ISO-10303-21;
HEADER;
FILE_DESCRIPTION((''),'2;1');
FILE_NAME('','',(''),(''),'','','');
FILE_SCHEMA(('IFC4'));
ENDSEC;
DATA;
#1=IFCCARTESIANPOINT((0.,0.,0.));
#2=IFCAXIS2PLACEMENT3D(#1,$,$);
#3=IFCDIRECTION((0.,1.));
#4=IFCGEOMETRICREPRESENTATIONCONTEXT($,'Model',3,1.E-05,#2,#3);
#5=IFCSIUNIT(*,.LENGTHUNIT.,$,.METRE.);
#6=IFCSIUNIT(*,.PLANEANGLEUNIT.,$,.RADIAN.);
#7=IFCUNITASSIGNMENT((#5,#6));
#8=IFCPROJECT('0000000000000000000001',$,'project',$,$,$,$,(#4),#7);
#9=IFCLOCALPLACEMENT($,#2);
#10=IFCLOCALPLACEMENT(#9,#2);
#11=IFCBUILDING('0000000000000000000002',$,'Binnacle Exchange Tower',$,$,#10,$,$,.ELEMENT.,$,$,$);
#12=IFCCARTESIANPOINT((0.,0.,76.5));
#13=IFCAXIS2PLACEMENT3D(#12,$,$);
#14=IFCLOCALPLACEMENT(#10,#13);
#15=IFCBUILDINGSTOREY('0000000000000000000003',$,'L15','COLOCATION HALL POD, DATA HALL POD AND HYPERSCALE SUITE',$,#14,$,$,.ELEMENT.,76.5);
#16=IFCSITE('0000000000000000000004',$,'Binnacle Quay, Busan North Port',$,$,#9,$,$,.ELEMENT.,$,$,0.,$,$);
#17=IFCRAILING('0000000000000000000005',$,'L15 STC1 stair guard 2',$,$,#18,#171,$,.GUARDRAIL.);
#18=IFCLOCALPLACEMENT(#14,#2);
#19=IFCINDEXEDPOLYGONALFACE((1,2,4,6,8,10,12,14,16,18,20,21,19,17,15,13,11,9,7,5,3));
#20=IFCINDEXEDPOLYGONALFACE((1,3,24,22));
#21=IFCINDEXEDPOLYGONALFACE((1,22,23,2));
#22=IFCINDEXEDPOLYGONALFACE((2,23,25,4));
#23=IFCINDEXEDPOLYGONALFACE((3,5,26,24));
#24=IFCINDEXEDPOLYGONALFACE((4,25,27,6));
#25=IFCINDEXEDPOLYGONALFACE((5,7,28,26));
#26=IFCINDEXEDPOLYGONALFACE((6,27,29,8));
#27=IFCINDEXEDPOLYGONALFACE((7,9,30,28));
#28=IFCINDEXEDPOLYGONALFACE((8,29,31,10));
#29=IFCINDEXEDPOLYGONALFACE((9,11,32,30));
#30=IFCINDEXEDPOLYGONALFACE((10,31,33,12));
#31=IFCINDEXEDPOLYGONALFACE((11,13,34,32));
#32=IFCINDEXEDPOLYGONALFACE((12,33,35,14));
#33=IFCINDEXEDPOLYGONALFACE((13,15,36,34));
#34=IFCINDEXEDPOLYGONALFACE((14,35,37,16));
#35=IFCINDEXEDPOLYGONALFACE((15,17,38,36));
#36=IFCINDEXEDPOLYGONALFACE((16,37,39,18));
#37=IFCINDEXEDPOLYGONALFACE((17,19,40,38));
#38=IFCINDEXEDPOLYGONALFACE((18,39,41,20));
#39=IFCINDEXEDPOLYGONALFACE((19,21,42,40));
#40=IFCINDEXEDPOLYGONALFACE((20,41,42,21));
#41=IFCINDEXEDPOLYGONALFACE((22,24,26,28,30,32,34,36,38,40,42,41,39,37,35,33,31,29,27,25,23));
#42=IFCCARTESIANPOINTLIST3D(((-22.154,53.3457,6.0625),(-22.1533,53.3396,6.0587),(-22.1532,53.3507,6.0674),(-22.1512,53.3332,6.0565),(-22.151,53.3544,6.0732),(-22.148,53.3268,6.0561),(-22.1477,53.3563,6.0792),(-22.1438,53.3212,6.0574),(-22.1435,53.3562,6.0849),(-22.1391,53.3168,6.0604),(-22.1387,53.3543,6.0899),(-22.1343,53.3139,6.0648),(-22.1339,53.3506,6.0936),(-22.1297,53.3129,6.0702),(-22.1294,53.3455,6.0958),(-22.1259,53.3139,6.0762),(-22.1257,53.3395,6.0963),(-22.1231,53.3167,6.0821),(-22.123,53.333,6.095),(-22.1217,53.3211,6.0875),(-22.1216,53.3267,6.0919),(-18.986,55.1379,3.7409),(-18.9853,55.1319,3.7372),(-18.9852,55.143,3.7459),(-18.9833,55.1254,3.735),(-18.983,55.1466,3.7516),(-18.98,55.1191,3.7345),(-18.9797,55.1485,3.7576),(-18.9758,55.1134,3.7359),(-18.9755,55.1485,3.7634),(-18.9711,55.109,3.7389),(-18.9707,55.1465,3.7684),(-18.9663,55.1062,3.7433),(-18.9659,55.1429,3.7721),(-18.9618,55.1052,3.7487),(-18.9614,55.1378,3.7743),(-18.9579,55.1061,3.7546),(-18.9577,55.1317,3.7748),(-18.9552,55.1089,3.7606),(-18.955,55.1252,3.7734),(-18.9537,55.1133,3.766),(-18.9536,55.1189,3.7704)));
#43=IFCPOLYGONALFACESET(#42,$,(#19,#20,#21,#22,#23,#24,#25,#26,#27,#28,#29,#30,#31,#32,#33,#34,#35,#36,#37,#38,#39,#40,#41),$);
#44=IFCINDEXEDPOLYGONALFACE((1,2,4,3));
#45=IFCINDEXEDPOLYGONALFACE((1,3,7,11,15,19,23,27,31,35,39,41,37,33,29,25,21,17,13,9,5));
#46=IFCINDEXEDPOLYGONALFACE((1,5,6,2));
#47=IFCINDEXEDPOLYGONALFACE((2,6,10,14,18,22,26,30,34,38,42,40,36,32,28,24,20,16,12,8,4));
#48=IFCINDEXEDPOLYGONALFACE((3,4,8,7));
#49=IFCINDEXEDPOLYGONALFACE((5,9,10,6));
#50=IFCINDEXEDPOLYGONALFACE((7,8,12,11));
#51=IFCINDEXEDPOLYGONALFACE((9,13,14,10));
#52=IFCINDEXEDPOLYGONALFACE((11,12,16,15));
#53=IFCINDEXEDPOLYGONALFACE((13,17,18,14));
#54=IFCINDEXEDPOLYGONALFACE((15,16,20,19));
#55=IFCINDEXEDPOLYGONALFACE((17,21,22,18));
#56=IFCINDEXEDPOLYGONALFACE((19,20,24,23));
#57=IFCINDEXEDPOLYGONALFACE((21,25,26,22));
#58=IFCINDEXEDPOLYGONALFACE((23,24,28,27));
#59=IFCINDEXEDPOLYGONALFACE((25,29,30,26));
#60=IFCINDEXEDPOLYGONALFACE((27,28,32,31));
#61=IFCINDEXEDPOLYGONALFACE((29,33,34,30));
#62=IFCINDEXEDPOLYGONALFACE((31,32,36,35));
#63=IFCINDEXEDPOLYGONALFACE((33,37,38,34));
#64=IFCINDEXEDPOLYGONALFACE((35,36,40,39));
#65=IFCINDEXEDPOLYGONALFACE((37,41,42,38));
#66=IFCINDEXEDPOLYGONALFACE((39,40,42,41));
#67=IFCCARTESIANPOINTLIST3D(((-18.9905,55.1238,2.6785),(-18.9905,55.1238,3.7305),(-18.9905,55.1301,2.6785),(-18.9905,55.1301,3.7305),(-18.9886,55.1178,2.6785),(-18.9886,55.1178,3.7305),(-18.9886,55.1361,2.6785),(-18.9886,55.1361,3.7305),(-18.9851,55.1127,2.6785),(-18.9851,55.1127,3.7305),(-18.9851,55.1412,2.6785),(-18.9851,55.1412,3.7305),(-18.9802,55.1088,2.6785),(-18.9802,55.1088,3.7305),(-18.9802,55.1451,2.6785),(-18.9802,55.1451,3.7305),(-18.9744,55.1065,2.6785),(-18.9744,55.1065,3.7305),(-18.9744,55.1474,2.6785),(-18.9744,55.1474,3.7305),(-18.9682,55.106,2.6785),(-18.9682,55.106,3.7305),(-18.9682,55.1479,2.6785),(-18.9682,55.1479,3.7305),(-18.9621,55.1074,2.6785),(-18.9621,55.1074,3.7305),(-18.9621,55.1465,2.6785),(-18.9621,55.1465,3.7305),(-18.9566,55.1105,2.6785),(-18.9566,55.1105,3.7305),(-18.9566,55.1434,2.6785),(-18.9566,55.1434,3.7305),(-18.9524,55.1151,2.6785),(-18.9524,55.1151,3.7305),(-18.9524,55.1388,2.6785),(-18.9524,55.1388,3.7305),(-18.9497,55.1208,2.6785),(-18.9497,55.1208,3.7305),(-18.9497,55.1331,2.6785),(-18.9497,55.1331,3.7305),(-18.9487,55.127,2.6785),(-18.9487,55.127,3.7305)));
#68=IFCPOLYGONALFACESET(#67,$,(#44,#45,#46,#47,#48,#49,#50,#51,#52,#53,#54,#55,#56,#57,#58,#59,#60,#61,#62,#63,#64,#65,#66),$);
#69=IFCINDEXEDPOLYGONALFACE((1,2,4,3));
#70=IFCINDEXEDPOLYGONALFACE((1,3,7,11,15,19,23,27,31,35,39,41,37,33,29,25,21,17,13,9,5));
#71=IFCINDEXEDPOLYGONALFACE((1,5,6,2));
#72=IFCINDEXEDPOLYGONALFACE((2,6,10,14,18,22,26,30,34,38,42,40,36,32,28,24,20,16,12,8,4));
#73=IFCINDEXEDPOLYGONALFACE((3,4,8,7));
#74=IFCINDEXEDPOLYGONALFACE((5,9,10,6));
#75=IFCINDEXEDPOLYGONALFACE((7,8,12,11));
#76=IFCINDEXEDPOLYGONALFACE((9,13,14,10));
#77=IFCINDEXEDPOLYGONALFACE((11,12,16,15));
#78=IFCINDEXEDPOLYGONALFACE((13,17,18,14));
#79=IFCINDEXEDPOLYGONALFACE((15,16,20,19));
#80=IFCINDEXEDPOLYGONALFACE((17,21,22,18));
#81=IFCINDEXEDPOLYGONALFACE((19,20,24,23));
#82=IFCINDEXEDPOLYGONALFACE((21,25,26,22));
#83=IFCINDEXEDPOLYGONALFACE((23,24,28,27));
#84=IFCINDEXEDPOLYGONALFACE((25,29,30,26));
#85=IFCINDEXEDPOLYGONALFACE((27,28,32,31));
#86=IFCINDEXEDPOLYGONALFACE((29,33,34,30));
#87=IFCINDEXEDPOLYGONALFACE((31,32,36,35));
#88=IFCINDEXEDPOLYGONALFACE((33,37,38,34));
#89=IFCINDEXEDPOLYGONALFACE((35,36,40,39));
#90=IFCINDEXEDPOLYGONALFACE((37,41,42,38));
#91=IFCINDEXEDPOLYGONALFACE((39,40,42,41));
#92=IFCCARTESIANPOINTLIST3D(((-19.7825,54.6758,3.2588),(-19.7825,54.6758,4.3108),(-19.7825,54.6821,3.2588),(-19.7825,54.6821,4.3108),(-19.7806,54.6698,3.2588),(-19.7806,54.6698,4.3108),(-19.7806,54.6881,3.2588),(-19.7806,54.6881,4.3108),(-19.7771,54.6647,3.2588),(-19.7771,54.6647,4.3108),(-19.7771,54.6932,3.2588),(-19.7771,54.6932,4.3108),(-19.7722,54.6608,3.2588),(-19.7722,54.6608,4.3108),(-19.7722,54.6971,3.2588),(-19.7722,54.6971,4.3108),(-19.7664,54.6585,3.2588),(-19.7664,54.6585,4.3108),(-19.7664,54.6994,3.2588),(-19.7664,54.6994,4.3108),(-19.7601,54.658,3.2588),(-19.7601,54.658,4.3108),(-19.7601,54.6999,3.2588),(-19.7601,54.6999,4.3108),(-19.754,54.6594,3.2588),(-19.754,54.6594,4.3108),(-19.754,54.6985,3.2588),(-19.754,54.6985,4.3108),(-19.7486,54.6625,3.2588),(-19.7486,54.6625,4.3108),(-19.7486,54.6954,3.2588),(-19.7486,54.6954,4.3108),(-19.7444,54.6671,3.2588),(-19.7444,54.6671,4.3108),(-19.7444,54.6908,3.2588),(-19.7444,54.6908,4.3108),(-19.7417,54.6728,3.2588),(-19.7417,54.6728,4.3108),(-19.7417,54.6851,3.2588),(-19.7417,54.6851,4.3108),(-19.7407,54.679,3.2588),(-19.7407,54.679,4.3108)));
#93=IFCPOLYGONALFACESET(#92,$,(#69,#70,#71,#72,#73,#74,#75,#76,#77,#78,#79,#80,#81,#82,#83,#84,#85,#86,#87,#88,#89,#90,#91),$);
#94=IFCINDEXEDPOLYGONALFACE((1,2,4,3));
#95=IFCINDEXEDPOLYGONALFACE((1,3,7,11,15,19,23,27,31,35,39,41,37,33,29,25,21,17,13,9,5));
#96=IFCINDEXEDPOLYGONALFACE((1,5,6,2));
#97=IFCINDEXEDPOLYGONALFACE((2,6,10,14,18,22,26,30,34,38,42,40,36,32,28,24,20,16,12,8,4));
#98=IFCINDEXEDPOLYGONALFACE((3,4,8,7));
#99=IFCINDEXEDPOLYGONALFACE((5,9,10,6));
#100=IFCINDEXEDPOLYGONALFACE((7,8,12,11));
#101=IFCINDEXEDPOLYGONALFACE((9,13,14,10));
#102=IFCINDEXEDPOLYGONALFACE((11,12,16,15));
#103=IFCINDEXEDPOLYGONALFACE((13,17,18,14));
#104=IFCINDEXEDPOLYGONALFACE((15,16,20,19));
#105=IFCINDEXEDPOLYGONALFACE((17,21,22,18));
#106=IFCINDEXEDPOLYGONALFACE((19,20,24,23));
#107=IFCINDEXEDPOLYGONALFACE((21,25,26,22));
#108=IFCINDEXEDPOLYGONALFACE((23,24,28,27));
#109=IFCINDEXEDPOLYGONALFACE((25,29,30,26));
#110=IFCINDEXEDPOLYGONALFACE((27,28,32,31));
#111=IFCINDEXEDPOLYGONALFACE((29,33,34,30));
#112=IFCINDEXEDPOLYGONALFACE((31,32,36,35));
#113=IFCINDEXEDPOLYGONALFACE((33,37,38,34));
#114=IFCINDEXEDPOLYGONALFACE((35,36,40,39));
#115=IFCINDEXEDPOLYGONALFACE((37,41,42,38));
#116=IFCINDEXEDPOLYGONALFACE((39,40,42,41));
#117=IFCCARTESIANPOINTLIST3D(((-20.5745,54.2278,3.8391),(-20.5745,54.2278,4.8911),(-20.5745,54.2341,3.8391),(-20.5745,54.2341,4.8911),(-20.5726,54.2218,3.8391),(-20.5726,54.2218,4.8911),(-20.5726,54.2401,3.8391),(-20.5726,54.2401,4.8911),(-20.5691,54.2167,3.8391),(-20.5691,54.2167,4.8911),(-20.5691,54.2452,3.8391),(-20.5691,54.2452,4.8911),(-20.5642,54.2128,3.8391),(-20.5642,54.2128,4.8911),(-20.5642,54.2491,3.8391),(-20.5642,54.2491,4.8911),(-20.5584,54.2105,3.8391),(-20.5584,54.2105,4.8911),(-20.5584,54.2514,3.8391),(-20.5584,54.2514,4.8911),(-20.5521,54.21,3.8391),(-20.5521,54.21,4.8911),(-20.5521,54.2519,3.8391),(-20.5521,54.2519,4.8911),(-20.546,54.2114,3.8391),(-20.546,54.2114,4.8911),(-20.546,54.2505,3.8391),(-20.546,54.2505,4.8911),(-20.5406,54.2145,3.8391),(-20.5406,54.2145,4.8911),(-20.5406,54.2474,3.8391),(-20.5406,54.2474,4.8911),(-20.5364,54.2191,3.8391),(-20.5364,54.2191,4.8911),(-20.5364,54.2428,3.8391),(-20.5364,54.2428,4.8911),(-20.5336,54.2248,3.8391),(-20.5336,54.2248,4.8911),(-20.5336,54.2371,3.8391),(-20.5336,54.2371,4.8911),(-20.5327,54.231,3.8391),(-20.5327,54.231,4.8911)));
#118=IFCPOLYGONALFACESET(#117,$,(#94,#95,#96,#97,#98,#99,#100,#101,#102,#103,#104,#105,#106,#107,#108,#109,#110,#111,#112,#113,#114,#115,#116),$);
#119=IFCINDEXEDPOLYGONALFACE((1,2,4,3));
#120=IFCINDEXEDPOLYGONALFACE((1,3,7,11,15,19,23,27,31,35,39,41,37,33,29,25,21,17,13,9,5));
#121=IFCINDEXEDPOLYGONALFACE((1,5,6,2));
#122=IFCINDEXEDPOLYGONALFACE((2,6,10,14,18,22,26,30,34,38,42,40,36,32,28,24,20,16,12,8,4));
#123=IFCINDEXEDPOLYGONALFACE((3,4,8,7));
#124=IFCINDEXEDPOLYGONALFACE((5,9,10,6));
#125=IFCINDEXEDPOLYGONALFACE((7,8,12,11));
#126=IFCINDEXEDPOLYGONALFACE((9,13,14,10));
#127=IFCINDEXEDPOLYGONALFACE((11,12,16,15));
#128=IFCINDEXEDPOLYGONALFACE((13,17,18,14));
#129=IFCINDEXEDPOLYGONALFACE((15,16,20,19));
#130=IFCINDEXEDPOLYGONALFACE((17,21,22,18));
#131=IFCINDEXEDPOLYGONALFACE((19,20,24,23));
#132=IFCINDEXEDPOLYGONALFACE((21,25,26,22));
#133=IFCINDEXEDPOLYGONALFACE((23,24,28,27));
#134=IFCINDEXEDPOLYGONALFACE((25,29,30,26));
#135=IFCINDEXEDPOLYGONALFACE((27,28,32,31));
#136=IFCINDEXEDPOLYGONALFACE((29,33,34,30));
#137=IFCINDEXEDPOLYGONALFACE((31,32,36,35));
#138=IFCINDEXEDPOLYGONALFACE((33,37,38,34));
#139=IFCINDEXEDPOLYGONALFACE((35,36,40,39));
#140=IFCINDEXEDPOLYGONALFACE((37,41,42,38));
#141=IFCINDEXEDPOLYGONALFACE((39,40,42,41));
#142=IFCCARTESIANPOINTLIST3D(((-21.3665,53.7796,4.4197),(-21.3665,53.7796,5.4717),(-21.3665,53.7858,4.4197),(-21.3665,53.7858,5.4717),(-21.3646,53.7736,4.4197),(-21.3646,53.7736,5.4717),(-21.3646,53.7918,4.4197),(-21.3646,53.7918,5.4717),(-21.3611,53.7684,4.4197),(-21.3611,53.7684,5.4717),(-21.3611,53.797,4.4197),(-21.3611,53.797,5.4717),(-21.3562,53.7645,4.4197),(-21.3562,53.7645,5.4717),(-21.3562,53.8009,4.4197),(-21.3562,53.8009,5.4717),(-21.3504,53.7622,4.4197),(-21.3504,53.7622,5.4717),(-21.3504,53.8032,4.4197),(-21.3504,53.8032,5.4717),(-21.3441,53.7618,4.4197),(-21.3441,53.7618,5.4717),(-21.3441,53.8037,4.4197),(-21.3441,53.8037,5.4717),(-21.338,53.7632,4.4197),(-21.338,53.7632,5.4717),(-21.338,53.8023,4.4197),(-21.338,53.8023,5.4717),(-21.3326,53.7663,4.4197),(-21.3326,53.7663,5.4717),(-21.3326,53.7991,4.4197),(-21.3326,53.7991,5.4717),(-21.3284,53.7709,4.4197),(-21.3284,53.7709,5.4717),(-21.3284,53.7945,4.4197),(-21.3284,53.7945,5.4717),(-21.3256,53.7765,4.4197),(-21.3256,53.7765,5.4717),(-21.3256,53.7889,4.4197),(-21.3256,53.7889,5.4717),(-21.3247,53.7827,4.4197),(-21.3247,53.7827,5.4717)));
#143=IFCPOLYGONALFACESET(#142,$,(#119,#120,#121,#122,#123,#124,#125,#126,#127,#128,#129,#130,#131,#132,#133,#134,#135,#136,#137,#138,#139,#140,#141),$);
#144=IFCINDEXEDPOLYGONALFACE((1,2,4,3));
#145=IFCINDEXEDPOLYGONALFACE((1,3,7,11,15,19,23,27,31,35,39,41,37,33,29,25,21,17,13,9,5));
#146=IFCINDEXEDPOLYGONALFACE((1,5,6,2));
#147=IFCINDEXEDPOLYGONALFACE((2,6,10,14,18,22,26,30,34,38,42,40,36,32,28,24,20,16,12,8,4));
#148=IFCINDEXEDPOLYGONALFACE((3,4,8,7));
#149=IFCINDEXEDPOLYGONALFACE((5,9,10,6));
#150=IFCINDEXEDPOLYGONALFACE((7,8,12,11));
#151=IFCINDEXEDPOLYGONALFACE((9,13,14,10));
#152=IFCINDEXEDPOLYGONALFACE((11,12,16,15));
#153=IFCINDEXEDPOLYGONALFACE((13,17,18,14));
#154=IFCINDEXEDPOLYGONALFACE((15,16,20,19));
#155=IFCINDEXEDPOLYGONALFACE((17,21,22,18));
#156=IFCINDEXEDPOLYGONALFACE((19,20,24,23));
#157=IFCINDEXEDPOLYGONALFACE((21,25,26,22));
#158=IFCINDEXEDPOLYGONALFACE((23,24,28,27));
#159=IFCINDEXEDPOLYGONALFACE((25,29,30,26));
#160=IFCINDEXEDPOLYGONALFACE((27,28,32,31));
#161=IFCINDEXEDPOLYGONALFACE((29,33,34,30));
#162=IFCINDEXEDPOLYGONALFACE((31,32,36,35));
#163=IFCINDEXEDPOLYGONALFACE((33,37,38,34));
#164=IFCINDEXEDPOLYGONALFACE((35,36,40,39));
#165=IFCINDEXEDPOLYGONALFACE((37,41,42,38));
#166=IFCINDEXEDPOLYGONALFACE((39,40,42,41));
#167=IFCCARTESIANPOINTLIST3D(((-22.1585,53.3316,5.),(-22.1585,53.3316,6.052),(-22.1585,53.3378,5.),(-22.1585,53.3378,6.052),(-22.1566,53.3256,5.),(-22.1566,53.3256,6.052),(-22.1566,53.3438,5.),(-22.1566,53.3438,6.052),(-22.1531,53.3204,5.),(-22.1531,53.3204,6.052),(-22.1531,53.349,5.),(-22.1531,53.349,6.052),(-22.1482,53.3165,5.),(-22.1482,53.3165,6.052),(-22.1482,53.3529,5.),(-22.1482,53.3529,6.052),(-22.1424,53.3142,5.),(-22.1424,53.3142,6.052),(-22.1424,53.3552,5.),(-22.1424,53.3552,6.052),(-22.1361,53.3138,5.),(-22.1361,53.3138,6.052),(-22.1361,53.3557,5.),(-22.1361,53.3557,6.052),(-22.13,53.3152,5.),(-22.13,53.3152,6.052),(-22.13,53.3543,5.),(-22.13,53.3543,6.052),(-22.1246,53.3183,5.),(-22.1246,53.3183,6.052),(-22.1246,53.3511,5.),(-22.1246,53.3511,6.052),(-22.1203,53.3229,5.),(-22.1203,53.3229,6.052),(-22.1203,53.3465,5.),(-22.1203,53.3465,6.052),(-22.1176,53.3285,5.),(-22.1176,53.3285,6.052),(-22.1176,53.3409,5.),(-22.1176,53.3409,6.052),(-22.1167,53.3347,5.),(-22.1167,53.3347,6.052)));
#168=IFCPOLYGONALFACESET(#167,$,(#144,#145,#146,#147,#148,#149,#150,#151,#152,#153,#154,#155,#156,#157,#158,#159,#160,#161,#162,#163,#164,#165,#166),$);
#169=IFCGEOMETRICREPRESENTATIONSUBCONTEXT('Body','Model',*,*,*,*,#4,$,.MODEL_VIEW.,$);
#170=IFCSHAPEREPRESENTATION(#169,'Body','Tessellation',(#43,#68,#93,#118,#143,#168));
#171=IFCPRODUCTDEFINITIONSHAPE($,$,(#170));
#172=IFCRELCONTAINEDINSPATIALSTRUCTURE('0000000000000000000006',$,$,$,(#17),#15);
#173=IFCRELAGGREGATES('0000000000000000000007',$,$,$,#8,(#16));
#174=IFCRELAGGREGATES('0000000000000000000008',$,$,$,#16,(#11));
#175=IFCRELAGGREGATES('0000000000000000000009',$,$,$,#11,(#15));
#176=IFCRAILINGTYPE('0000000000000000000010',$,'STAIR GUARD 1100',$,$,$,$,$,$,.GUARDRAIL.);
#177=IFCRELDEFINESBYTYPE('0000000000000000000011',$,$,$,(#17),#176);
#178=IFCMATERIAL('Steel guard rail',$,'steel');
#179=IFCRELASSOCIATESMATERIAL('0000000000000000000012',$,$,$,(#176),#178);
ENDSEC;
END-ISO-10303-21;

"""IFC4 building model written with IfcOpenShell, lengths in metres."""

from ifc_helpers import new_model, si_unit, direction, frame, origin, origin_2d, place, context, subcontext, project, spatial, circle, extrude, material, type_object, element, save


model = new_model("IFC4")

# Units and contexts
model_context = context("Model", 3, precision=1e-05, world=origin(), true_north=direction((0.0, 1.0)))
body_context = subcontext(model_context, "Body", "Model", "MODEL_VIEW")
ifc_project = project(units=[si_unit("LENGTHUNIT", "METRE"), si_unit("PLANEANGLEUNIT", "RADIAN")], contexts=[model_context])

# Site, building, storey
site_placement = place(None, origin())
site = spatial("IfcSite", under=ifc_project, at=site_placement, Name="Binnacle Quay, Busan North Port", CompositionType="ELEMENT", RefElevation=0.0)
building_placement = place(site_placement, origin())
building = spatial("IfcBuilding", under=site, at=building_placement, Name="Binnacle Exchange Tower", CompositionType="ELEMENT")
storey_placement = place(building_placement, frame((0.0, 0.0, 76.5)))
storey = spatial("IfcBuildingStorey", under=building, at=storey_placement, Name="L15", Description="COLOCATION HALL POD, DATA HALL POD AND HYPERSCALE SUITE", CompositionType="ELEMENT", Elevation=76.5)

# Railing
ifc_material_1 = material(Name="Steel guard rail", Category="steel")
railing_type = type_object("IfcRailingType", Name="STAIR GUARD 1100", PredefinedType="GUARDRAIL", material=ifc_material_1)
railing_1_placement = place(storey_placement, frame((-18.9697, 55.127, 2.6785)))
element("IfcRailing", 1, at=railing_1_placement, inside=storey, type_object=railing_type, Name="L15 STC1 stair guard 2", PredefinedType="GUARDRAIL", context=body_context, shape_type="SweptSolid", body=[
    extrude(circle(Radius=0.0239, at=origin_2d()), frame((0.0, 0.0, 1.0762), z_axis=(-0.733813, -0.415145, 0.537749), x_axis=(0.4924, -0.870369, 0.0)), (0.0, 0.0, 1.0), 4.3171),
    extrude(circle(Radius=0.021, at=origin_2d()), origin(), (0.0, 0.0, 1.0), 1.052),
    extrude(circle(Radius=0.021, at=origin_2d()), frame((-0.792, -0.448, 0.5803)), (0.0, 0.0, 1.0), 1.052),
    extrude(circle(Radius=0.021, at=origin_2d()), frame((-1.584, -0.896, 1.1606)), (0.0, 0.0, 1.0), 1.052),
    extrude(circle(Radius=0.021, at=origin_2d()), frame((-2.376, -1.3442, 1.7412)), (0.0, 0.0, 1.0), 1.052),
    extrude(circle(Radius=0.021, at=origin_2d()), frame((-3.168, -1.7922, 2.3215)), (0.0, 0.0, 1.0), 1.052),
])

save(model, "model.ifc")
